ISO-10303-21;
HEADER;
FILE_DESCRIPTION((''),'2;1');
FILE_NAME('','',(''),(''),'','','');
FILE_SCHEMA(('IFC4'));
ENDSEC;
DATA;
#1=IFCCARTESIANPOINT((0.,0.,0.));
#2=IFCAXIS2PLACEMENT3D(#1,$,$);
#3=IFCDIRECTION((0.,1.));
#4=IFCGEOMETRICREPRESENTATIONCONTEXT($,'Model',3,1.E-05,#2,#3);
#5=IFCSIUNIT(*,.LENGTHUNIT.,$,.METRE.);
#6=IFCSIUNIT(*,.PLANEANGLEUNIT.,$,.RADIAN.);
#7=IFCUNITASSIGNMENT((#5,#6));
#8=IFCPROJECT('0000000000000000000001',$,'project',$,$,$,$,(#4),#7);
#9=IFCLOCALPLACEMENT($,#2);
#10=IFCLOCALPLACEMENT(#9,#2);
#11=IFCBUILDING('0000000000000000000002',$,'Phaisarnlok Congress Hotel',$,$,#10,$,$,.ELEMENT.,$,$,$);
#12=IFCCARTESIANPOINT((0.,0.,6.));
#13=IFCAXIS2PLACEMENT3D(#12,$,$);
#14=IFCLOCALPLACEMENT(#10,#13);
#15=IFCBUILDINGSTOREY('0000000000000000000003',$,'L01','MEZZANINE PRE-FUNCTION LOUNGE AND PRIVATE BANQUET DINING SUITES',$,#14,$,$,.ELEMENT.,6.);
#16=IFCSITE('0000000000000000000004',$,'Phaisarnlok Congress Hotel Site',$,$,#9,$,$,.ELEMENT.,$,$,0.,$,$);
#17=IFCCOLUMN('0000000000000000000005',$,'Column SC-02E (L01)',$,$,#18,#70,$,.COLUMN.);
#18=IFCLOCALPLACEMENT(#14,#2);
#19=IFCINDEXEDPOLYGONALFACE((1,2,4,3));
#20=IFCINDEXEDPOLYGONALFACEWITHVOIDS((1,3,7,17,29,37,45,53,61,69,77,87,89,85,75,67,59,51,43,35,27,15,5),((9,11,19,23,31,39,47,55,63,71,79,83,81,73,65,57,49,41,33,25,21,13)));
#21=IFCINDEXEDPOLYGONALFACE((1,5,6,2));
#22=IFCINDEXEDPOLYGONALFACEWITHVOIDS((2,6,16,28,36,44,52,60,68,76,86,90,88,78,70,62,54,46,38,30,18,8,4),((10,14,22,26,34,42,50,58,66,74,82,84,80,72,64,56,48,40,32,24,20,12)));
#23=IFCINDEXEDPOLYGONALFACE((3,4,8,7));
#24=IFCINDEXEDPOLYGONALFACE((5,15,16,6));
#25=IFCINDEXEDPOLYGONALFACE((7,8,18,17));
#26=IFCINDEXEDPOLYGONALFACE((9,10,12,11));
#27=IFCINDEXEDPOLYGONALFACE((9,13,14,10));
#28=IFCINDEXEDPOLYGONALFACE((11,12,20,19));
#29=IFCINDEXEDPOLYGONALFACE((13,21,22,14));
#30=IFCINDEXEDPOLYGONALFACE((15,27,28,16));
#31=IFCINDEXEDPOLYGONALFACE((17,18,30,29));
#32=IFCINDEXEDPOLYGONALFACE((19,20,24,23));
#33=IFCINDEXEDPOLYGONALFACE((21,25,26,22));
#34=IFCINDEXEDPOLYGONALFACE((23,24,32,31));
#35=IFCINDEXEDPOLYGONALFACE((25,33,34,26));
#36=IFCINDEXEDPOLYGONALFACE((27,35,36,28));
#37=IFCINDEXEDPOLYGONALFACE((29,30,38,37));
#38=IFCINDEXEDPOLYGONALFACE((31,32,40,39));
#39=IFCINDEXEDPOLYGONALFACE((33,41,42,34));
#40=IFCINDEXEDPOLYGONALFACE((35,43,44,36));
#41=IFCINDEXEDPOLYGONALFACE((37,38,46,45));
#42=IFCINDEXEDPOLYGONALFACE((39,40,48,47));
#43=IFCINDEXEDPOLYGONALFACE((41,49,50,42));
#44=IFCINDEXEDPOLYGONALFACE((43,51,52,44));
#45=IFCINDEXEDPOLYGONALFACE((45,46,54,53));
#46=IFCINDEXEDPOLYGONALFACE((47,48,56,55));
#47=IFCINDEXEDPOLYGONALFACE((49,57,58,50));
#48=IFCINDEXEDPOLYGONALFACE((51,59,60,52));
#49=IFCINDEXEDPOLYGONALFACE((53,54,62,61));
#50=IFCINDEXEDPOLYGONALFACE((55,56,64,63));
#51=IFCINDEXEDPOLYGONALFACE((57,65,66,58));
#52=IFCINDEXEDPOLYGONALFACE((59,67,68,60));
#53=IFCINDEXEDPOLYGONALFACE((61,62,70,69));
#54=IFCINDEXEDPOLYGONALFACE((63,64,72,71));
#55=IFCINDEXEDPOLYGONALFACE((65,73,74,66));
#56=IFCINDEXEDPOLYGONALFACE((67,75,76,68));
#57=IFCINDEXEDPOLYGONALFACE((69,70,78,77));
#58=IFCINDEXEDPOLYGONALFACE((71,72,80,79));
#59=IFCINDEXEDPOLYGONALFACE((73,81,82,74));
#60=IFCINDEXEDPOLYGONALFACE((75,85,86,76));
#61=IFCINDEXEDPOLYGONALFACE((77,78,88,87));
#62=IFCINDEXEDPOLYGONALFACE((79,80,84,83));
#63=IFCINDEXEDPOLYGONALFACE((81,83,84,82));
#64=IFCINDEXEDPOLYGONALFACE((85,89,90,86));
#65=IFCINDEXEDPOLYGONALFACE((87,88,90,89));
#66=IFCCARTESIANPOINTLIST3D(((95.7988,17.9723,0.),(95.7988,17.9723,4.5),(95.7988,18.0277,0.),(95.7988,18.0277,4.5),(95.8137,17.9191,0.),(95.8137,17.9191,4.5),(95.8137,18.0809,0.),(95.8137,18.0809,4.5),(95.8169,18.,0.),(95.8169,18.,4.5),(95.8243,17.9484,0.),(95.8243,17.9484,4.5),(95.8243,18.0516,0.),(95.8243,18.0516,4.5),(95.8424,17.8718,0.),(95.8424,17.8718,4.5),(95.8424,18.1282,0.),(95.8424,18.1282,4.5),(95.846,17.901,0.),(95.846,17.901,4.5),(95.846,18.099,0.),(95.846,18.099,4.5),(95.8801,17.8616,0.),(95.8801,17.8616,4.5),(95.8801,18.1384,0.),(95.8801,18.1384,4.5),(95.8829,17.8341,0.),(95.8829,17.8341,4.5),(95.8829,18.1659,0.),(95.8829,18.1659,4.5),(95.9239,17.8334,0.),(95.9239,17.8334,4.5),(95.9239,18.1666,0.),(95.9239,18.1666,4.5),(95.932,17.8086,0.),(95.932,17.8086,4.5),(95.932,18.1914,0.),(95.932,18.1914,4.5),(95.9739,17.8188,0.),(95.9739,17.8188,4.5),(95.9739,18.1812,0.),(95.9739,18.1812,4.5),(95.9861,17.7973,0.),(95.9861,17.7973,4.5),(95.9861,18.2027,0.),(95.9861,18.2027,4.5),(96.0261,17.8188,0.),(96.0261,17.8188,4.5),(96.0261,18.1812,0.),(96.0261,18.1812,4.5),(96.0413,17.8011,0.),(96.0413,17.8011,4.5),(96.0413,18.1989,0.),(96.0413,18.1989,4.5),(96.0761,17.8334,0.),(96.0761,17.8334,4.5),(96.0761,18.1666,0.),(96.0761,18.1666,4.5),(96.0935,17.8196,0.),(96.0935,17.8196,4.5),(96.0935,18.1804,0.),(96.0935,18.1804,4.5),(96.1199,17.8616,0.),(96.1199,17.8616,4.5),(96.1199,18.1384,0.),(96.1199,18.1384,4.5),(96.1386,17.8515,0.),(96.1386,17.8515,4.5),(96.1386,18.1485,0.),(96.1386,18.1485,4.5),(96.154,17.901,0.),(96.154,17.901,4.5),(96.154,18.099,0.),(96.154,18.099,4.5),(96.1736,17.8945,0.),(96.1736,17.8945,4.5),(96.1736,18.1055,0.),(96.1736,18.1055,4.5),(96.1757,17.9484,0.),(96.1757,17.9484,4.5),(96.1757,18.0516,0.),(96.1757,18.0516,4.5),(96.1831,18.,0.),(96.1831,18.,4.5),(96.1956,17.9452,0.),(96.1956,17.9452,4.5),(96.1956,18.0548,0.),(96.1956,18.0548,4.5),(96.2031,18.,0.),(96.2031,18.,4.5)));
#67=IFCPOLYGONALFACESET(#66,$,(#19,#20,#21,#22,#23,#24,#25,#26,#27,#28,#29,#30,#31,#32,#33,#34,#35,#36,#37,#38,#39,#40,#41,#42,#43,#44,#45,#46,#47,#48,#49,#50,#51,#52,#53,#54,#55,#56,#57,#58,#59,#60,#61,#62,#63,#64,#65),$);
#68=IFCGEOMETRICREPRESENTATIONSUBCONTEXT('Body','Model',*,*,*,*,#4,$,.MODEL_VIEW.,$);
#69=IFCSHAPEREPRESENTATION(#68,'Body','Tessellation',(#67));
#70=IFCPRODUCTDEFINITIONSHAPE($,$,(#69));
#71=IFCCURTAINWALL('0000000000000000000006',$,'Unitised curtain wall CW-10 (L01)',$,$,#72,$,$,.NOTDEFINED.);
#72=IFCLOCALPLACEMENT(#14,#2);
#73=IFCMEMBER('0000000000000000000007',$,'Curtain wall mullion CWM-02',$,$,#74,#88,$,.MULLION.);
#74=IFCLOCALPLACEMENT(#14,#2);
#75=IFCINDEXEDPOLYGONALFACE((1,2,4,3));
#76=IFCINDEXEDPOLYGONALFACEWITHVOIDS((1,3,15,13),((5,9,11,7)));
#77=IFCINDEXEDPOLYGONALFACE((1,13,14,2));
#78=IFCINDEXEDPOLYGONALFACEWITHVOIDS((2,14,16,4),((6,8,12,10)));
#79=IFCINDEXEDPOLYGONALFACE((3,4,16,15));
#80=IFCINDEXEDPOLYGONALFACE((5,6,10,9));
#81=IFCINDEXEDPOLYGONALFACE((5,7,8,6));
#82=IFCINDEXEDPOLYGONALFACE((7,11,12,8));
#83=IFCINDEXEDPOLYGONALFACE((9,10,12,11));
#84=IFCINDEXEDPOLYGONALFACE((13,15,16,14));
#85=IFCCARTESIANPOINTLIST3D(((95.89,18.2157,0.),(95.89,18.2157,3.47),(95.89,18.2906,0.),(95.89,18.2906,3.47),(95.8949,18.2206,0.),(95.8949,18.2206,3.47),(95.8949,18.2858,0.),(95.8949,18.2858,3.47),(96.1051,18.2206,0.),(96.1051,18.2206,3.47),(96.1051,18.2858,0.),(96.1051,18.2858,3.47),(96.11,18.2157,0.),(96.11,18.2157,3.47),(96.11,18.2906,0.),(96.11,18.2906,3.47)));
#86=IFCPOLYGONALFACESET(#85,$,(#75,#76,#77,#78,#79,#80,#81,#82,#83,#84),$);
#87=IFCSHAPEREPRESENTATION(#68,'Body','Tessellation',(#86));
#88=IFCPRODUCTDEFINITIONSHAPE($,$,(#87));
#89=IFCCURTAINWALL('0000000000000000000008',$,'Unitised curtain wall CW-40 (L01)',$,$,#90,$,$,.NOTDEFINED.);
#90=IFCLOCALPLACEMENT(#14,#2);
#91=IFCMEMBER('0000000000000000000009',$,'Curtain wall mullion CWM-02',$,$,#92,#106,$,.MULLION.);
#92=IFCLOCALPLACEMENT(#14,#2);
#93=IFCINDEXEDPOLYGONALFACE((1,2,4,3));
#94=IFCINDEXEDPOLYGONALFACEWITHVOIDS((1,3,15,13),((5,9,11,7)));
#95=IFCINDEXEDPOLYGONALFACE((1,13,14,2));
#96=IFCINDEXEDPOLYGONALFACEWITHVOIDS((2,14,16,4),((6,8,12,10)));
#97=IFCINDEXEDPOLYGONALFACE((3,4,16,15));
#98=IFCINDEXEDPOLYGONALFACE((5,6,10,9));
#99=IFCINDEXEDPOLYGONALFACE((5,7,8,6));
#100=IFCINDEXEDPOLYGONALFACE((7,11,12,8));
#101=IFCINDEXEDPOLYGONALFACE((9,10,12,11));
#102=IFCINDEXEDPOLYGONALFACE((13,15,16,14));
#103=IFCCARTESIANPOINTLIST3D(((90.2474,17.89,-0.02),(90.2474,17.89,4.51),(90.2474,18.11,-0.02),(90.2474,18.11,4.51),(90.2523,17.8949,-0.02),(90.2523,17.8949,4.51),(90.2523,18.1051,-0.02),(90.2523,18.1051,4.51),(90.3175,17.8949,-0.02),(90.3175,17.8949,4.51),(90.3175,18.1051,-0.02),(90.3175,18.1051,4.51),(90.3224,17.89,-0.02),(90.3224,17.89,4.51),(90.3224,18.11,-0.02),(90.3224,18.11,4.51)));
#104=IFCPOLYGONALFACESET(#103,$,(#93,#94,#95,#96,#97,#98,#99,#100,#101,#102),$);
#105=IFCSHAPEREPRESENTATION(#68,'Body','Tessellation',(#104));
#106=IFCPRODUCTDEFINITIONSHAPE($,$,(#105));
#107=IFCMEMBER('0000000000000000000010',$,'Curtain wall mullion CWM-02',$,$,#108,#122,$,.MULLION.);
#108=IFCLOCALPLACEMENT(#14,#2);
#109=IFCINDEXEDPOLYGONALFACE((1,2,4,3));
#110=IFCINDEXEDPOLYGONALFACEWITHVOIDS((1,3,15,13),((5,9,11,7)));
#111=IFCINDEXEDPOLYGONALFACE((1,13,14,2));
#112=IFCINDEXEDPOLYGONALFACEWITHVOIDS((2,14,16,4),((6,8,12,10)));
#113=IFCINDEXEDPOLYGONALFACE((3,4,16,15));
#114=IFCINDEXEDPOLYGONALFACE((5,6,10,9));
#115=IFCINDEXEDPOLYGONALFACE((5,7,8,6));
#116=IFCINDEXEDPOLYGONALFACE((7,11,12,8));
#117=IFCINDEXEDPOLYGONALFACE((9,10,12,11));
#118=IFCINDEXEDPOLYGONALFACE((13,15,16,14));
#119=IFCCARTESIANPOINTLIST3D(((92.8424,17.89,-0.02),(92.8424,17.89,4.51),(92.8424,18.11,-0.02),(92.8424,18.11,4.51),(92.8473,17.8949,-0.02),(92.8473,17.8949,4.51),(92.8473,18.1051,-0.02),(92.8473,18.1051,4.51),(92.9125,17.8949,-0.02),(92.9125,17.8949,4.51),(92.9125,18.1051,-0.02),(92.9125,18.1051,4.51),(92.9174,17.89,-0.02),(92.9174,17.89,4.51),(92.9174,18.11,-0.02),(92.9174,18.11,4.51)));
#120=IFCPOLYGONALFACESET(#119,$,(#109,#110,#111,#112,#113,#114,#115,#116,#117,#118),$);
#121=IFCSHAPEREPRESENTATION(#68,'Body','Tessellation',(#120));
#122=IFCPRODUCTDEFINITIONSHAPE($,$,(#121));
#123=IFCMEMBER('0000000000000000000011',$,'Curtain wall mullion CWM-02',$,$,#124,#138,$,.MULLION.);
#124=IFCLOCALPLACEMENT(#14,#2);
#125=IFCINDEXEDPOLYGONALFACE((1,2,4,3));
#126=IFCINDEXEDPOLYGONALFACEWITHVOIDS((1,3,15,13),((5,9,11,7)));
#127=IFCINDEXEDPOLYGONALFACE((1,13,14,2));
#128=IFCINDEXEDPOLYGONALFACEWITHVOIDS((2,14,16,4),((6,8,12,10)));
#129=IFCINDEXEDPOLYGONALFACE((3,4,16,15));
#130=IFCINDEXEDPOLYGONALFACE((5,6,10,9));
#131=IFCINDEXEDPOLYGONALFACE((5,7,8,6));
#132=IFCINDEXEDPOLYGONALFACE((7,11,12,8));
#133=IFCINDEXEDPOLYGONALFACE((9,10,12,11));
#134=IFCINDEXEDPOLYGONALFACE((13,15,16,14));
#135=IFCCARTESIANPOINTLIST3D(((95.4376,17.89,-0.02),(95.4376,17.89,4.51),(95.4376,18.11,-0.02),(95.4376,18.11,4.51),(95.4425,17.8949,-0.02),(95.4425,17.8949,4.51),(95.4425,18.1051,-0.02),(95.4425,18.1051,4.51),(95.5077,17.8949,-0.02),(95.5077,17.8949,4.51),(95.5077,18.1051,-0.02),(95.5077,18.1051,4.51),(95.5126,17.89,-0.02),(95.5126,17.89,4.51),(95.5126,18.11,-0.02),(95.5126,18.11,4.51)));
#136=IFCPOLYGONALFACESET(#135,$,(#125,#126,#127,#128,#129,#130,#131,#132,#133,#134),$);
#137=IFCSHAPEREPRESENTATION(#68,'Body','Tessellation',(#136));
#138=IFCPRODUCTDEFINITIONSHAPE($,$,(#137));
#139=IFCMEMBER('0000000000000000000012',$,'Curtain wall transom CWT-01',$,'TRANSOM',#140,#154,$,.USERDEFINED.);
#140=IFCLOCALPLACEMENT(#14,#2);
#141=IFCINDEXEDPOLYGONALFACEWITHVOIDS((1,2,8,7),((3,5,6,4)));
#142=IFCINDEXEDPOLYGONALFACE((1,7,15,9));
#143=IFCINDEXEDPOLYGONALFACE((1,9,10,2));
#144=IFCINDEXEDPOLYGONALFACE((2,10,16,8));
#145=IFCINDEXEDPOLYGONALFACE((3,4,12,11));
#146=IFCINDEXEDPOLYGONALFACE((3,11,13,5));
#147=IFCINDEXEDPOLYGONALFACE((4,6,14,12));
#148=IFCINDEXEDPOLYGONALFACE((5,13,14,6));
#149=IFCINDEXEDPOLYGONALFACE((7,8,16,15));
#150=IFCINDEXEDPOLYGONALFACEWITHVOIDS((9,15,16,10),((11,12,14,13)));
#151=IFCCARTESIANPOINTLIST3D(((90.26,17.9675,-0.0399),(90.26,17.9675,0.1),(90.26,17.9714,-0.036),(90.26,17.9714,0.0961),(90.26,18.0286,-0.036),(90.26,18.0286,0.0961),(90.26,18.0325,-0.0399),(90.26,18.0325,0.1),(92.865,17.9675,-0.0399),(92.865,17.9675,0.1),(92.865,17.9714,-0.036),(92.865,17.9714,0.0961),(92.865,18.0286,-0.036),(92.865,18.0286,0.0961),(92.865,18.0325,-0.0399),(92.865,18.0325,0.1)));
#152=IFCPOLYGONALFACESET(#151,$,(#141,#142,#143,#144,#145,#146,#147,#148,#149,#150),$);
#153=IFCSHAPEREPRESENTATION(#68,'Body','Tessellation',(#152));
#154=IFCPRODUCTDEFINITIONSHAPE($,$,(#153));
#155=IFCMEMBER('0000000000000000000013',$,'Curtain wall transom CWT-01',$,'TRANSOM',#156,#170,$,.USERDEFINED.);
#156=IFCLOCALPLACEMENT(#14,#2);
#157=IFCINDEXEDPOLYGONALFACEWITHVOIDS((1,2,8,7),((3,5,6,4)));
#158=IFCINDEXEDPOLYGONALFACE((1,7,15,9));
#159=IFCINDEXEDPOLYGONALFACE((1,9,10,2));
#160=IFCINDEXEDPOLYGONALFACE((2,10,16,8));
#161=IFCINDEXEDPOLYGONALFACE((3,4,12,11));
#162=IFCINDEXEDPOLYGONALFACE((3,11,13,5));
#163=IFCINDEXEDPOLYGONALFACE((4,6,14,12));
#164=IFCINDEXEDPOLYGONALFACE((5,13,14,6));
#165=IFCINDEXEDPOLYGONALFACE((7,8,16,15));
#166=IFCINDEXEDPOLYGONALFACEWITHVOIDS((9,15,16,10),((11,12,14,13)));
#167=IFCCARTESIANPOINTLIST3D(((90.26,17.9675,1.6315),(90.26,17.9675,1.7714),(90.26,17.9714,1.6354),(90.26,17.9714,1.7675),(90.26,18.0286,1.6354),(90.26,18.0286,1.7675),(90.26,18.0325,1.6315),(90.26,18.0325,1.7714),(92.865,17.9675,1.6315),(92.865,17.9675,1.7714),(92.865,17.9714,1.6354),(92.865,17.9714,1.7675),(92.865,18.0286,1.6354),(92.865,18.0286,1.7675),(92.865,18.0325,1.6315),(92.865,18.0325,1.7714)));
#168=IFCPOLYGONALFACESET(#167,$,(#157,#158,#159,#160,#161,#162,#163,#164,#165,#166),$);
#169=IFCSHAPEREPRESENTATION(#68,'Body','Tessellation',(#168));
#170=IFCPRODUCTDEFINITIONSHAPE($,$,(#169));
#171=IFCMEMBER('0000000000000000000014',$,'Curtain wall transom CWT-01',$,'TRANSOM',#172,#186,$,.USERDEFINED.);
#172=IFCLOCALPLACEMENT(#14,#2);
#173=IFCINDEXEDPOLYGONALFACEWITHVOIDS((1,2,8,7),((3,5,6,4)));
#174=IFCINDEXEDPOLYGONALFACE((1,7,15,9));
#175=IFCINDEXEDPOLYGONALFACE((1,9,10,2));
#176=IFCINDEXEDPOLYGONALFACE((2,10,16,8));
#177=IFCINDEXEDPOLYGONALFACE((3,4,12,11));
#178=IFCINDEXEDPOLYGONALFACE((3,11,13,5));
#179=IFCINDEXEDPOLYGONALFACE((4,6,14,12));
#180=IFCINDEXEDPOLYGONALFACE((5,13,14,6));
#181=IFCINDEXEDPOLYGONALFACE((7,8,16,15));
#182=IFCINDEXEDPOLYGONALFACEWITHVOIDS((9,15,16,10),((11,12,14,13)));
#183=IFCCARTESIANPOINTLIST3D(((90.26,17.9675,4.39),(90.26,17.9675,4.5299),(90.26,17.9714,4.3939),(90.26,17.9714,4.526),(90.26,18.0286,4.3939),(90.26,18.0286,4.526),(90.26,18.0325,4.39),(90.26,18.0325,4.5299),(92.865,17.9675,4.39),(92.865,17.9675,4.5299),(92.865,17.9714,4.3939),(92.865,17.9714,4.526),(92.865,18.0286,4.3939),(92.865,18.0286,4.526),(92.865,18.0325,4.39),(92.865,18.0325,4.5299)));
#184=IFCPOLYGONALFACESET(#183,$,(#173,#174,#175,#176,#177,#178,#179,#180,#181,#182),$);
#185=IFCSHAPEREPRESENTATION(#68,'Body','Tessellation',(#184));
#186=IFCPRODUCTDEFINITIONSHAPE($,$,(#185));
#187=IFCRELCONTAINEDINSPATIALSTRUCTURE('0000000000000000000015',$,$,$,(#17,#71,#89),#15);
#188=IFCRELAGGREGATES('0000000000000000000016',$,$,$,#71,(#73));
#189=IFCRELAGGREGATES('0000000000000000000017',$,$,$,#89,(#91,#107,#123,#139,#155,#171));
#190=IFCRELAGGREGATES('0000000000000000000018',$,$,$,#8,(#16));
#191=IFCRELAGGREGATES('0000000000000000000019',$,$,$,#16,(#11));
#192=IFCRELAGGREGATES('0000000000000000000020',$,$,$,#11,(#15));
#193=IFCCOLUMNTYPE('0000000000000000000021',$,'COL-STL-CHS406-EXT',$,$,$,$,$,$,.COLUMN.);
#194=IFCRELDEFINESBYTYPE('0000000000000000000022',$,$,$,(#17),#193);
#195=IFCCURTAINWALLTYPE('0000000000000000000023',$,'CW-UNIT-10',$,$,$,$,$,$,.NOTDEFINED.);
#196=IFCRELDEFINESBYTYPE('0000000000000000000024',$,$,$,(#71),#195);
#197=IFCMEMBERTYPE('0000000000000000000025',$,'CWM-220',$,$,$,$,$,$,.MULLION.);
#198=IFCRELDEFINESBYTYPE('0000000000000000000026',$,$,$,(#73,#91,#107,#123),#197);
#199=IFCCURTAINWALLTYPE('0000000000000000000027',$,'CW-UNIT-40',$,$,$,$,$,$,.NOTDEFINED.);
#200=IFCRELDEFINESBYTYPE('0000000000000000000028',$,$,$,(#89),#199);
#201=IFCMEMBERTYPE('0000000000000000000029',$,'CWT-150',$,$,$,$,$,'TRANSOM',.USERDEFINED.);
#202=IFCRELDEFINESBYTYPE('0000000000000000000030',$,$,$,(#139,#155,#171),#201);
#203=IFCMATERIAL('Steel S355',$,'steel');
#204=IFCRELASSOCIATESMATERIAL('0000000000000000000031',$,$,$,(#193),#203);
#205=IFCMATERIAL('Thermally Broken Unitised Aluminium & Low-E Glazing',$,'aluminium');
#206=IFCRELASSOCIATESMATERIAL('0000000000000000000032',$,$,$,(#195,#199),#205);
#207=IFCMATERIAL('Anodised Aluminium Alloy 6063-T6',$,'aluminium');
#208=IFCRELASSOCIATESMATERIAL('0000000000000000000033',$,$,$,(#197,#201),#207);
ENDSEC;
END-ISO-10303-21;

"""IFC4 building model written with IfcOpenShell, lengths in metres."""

from ifc_helpers import new_model, si_unit, direction, frame, origin, origin_2d, place, context, subcontext, project, spatial, hollow_rectangle, hollow_circle, extrude, material, material_profile, profile_set, type_object, element, aggregate, save


model = new_model("IFC4")

# Units and contexts
model_context = context("Model", 3, precision=1e-05, world=origin(), true_north=direction((0.0, 1.0)))
body_context = subcontext(model_context, "Body", "Model", "MODEL_VIEW")
ifc_project = project(units=[si_unit("LENGTHUNIT", "METRE"), si_unit("PLANEANGLEUNIT", "RADIAN")], contexts=[model_context])

# Site, building, storey
site_placement = place(None, origin())
site = spatial("IfcSite", under=ifc_project, at=site_placement, Name="Phaisarnlok Congress Hotel Site", CompositionType="ELEMENT", RefElevation=0.0)
building_placement = place(site_placement, origin())
building = spatial("IfcBuilding", under=site, at=building_placement, Name="Phaisarnlok Congress Hotel", CompositionType="ELEMENT")
storey_placement = place(building_placement, frame((0.0, 0.0, 6.0)))
storey = spatial("IfcBuildingStorey", under=building, at=storey_placement, Name="L01", Description="MEZZANINE PRE-FUNCTION LOUNGE AND PRIVATE BANQUET DINING SUITES", CompositionType="ELEMENT", Elevation=6.0)

# Column
ifc_material_1 = material(Name="Steel S355", Category="steel")
ifc_material_profile_1 = material_profile(ifc_material_1, hollow_circle(Radius=0.2031, WallThickness=0.02, at=origin_2d()), Name="CHS 406.4x20")
ifc_profile_set_1 = profile_set([ifc_material_profile_1], Name="Steel S355")
column_type = type_object("IfcColumnType", Name="COL-STL-CHS406-EXT", PredefinedType="COLUMN", material=ifc_profile_set_1)
column_placement = place(storey_placement, frame((96.0, 18.0, 0.0), z_axis=(0.0, 0.0, 1.0), x_axis=(1.0, 0.0, 0.0)))
element("IfcColumn", 1, at=column_placement, inside=storey, type_object=column_type, Name="Column SC-02E (L01)", PredefinedType="COLUMN", context=body_context, shape_type="SweptSolid", body=[
    extrude(hollow_circle(Radius=0.2031, WallThickness=0.02, at=origin_2d()), origin(), (0.0, 0.0, 1.0), 4.5),
])

# Curtain wall, member
ifc_material_2 = material(Name="Thermally Broken Unitised Aluminium & Low-E Glazing", Category="aluminium")
curtain_wall_type_1 = type_object("IfcCurtainWallType", Name="CW-UNIT-10", PredefinedType="NOTDEFINED", material=ifc_material_2)
curtain_wall_1_placement = place(storey_placement, origin())
curtain_wall_1 = element("IfcCurtainWall", 2, at=curtain_wall_1_placement, inside=storey, type_object=curtain_wall_type_1, Name="Unitised curtain wall CW-10 (L01)", PredefinedType="NOTDEFINED")
ifc_material_3 = material(Name="Anodised Aluminium Alloy 6063-T6", Category="aluminium")
ifc_material_profile_2 = material_profile(ifc_material_3, hollow_rectangle(XDim=0.075, YDim=0.22, WallThickness=0.0049, at=origin_2d()), Name="ALU-M 75x220x5")
ifc_profile_set_2 = profile_set([ifc_material_profile_2], Name="Anodised Aluminium Alloy 6063-T6")
member_type_1 = type_object("IfcMemberType", Name="CWM-220", PredefinedType="MULLION", material=ifc_profile_set_2)
member_1_placement = place(storey_placement, frame((96.0, 18.2532, 0.0), z_axis=(0.0, 0.0, 1.0), x_axis=(0.0, -1.0, 0.0)))
member_1 = element("IfcMember", 3, at=member_1_placement, type_object=member_type_1, Name="Curtain wall mullion CWM-02", PredefinedType="MULLION", context=body_context, shape_type="SweptSolid", body=[
    extrude(hollow_rectangle(XDim=0.075, YDim=0.22, WallThickness=0.0049, at=origin_2d()), origin(), (0.0, 0.0, 1.0), 3.47),
])
aggregate(curtain_wall_1, [member_1])

# Curtain wall, members
curtain_wall_type_2 = type_object("IfcCurtainWallType", Name="CW-UNIT-40", PredefinedType="NOTDEFINED", material=ifc_material_2)
curtain_wall_2_placement = place(storey_placement, origin())
curtain_wall_2 = element("IfcCurtainWall", 4, at=curtain_wall_2_placement, inside=storey, type_object=curtain_wall_type_2, Name="Unitised curtain wall CW-40 (L01)", PredefinedType="NOTDEFINED")
member_2_placement = place(storey_placement, frame((90.2849, 18.0, -0.02), z_axis=(0.0, 0.0, 1.0), x_axis=(1.0, 0.0, 0.0)))
member_2 = element("IfcMember", 5, at=member_2_placement, type_object=member_type_1, Name="Curtain wall mullion CWM-02", PredefinedType="MULLION", context=body_context, shape_type="SweptSolid", body=[
    extrude(hollow_rectangle(XDim=0.075, YDim=0.22, WallThickness=0.0049, at=origin_2d()), origin(), (0.0, 0.0, 1.0), 4.53),
])
member_3_placement = place(storey_placement, frame((92.8799, 18.0, -0.02), z_axis=(0.0, 0.0, 1.0), x_axis=(1.0, 0.0, 0.0)))
member_3 = element("IfcMember", 6, at=member_3_placement, type_object=member_type_1, Name="Curtain wall mullion CWM-02", PredefinedType="MULLION", context=body_context, shape_type="SweptSolid", body=[
    extrude(hollow_rectangle(XDim=0.075, YDim=0.22, WallThickness=0.0049, at=origin_2d()), origin(), (0.0, 0.0, 1.0), 4.53),
])
member_4_placement = place(storey_placement, frame((95.4751, 18.0, -0.02), z_axis=(0.0, 0.0, 1.0), x_axis=(1.0, 0.0, 0.0)))
member_4 = element("IfcMember", 7, at=member_4_placement, type_object=member_type_1, Name="Curtain wall mullion CWM-02", PredefinedType="MULLION", context=body_context, shape_type="SweptSolid", body=[
    extrude(hollow_rectangle(XDim=0.075, YDim=0.22, WallThickness=0.0049, at=origin_2d()), origin(), (0.0, 0.0, 1.0), 4.53),
])
ifc_material_profile_3 = material_profile(ifc_material_3, hollow_rectangle(XDim=0.0649, YDim=0.1399, WallThickness=0.0039, at=origin_2d()), Name="ALU-T 65x140x4")
ifc_profile_set_3 = profile_set([ifc_material_profile_3], Name="Anodised Aluminium Alloy 6063-T6")
member_type_2 = type_object("IfcMemberType", Name="CWT-150", ElementType="TRANSOM", PredefinedType="USERDEFINED", material=ifc_profile_set_3)
member_5_placement = place(storey_placement, frame((90.26, 18.0, 0.03), z_axis=(1.0, 0.0, 0.0), x_axis=(0.0, 1.0, 0.0)))
member_5 = element("IfcMember", 8, at=member_5_placement, type_object=member_type_2, Name="Curtain wall transom CWT-01", ObjectType="TRANSOM", PredefinedType="USERDEFINED", context=body_context, shape_type="SweptSolid", body=[
    extrude(hollow_rectangle(XDim=0.0649, YDim=0.1399, WallThickness=0.0039, at=origin_2d()), origin(), (0.0, 0.0, 1.0), 2.605),
])
member_6_placement = place(storey_placement, frame((90.26, 18.0, 1.7014), z_axis=(1.0, 0.0, 0.0), x_axis=(0.0, 1.0, 0.0)))
member_6 = element("IfcMember", 9, at=member_6_placement, type_object=member_type_2, Name="Curtain wall transom CWT-01", ObjectType="TRANSOM", PredefinedType="USERDEFINED", context=body_context, shape_type="SweptSolid", body=[
    extrude(hollow_rectangle(XDim=0.0649, YDim=0.1399, WallThickness=0.0039, at=origin_2d()), origin(), (0.0, 0.0, 1.0), 2.605),
])
member_7_placement = place(storey_placement, frame((90.26, 18.0, 4.46), z_axis=(1.0, 0.0, 0.0), x_axis=(0.0, 1.0, 0.0)))
member_7 = element("IfcMember", 10, at=member_7_placement, type_object=member_type_2, Name="Curtain wall transom CWT-01", ObjectType="TRANSOM", PredefinedType="USERDEFINED", context=body_context, shape_type="SweptSolid", body=[
    extrude(hollow_rectangle(XDim=0.0649, YDim=0.1399, WallThickness=0.0039, at=origin_2d()), origin(), (0.0, 0.0, 1.0), 2.605),
])

aggregate(curtain_wall_2, [member_2, member_3, member_4, member_5, member_6, member_7])

save(model, "model.ifc")
